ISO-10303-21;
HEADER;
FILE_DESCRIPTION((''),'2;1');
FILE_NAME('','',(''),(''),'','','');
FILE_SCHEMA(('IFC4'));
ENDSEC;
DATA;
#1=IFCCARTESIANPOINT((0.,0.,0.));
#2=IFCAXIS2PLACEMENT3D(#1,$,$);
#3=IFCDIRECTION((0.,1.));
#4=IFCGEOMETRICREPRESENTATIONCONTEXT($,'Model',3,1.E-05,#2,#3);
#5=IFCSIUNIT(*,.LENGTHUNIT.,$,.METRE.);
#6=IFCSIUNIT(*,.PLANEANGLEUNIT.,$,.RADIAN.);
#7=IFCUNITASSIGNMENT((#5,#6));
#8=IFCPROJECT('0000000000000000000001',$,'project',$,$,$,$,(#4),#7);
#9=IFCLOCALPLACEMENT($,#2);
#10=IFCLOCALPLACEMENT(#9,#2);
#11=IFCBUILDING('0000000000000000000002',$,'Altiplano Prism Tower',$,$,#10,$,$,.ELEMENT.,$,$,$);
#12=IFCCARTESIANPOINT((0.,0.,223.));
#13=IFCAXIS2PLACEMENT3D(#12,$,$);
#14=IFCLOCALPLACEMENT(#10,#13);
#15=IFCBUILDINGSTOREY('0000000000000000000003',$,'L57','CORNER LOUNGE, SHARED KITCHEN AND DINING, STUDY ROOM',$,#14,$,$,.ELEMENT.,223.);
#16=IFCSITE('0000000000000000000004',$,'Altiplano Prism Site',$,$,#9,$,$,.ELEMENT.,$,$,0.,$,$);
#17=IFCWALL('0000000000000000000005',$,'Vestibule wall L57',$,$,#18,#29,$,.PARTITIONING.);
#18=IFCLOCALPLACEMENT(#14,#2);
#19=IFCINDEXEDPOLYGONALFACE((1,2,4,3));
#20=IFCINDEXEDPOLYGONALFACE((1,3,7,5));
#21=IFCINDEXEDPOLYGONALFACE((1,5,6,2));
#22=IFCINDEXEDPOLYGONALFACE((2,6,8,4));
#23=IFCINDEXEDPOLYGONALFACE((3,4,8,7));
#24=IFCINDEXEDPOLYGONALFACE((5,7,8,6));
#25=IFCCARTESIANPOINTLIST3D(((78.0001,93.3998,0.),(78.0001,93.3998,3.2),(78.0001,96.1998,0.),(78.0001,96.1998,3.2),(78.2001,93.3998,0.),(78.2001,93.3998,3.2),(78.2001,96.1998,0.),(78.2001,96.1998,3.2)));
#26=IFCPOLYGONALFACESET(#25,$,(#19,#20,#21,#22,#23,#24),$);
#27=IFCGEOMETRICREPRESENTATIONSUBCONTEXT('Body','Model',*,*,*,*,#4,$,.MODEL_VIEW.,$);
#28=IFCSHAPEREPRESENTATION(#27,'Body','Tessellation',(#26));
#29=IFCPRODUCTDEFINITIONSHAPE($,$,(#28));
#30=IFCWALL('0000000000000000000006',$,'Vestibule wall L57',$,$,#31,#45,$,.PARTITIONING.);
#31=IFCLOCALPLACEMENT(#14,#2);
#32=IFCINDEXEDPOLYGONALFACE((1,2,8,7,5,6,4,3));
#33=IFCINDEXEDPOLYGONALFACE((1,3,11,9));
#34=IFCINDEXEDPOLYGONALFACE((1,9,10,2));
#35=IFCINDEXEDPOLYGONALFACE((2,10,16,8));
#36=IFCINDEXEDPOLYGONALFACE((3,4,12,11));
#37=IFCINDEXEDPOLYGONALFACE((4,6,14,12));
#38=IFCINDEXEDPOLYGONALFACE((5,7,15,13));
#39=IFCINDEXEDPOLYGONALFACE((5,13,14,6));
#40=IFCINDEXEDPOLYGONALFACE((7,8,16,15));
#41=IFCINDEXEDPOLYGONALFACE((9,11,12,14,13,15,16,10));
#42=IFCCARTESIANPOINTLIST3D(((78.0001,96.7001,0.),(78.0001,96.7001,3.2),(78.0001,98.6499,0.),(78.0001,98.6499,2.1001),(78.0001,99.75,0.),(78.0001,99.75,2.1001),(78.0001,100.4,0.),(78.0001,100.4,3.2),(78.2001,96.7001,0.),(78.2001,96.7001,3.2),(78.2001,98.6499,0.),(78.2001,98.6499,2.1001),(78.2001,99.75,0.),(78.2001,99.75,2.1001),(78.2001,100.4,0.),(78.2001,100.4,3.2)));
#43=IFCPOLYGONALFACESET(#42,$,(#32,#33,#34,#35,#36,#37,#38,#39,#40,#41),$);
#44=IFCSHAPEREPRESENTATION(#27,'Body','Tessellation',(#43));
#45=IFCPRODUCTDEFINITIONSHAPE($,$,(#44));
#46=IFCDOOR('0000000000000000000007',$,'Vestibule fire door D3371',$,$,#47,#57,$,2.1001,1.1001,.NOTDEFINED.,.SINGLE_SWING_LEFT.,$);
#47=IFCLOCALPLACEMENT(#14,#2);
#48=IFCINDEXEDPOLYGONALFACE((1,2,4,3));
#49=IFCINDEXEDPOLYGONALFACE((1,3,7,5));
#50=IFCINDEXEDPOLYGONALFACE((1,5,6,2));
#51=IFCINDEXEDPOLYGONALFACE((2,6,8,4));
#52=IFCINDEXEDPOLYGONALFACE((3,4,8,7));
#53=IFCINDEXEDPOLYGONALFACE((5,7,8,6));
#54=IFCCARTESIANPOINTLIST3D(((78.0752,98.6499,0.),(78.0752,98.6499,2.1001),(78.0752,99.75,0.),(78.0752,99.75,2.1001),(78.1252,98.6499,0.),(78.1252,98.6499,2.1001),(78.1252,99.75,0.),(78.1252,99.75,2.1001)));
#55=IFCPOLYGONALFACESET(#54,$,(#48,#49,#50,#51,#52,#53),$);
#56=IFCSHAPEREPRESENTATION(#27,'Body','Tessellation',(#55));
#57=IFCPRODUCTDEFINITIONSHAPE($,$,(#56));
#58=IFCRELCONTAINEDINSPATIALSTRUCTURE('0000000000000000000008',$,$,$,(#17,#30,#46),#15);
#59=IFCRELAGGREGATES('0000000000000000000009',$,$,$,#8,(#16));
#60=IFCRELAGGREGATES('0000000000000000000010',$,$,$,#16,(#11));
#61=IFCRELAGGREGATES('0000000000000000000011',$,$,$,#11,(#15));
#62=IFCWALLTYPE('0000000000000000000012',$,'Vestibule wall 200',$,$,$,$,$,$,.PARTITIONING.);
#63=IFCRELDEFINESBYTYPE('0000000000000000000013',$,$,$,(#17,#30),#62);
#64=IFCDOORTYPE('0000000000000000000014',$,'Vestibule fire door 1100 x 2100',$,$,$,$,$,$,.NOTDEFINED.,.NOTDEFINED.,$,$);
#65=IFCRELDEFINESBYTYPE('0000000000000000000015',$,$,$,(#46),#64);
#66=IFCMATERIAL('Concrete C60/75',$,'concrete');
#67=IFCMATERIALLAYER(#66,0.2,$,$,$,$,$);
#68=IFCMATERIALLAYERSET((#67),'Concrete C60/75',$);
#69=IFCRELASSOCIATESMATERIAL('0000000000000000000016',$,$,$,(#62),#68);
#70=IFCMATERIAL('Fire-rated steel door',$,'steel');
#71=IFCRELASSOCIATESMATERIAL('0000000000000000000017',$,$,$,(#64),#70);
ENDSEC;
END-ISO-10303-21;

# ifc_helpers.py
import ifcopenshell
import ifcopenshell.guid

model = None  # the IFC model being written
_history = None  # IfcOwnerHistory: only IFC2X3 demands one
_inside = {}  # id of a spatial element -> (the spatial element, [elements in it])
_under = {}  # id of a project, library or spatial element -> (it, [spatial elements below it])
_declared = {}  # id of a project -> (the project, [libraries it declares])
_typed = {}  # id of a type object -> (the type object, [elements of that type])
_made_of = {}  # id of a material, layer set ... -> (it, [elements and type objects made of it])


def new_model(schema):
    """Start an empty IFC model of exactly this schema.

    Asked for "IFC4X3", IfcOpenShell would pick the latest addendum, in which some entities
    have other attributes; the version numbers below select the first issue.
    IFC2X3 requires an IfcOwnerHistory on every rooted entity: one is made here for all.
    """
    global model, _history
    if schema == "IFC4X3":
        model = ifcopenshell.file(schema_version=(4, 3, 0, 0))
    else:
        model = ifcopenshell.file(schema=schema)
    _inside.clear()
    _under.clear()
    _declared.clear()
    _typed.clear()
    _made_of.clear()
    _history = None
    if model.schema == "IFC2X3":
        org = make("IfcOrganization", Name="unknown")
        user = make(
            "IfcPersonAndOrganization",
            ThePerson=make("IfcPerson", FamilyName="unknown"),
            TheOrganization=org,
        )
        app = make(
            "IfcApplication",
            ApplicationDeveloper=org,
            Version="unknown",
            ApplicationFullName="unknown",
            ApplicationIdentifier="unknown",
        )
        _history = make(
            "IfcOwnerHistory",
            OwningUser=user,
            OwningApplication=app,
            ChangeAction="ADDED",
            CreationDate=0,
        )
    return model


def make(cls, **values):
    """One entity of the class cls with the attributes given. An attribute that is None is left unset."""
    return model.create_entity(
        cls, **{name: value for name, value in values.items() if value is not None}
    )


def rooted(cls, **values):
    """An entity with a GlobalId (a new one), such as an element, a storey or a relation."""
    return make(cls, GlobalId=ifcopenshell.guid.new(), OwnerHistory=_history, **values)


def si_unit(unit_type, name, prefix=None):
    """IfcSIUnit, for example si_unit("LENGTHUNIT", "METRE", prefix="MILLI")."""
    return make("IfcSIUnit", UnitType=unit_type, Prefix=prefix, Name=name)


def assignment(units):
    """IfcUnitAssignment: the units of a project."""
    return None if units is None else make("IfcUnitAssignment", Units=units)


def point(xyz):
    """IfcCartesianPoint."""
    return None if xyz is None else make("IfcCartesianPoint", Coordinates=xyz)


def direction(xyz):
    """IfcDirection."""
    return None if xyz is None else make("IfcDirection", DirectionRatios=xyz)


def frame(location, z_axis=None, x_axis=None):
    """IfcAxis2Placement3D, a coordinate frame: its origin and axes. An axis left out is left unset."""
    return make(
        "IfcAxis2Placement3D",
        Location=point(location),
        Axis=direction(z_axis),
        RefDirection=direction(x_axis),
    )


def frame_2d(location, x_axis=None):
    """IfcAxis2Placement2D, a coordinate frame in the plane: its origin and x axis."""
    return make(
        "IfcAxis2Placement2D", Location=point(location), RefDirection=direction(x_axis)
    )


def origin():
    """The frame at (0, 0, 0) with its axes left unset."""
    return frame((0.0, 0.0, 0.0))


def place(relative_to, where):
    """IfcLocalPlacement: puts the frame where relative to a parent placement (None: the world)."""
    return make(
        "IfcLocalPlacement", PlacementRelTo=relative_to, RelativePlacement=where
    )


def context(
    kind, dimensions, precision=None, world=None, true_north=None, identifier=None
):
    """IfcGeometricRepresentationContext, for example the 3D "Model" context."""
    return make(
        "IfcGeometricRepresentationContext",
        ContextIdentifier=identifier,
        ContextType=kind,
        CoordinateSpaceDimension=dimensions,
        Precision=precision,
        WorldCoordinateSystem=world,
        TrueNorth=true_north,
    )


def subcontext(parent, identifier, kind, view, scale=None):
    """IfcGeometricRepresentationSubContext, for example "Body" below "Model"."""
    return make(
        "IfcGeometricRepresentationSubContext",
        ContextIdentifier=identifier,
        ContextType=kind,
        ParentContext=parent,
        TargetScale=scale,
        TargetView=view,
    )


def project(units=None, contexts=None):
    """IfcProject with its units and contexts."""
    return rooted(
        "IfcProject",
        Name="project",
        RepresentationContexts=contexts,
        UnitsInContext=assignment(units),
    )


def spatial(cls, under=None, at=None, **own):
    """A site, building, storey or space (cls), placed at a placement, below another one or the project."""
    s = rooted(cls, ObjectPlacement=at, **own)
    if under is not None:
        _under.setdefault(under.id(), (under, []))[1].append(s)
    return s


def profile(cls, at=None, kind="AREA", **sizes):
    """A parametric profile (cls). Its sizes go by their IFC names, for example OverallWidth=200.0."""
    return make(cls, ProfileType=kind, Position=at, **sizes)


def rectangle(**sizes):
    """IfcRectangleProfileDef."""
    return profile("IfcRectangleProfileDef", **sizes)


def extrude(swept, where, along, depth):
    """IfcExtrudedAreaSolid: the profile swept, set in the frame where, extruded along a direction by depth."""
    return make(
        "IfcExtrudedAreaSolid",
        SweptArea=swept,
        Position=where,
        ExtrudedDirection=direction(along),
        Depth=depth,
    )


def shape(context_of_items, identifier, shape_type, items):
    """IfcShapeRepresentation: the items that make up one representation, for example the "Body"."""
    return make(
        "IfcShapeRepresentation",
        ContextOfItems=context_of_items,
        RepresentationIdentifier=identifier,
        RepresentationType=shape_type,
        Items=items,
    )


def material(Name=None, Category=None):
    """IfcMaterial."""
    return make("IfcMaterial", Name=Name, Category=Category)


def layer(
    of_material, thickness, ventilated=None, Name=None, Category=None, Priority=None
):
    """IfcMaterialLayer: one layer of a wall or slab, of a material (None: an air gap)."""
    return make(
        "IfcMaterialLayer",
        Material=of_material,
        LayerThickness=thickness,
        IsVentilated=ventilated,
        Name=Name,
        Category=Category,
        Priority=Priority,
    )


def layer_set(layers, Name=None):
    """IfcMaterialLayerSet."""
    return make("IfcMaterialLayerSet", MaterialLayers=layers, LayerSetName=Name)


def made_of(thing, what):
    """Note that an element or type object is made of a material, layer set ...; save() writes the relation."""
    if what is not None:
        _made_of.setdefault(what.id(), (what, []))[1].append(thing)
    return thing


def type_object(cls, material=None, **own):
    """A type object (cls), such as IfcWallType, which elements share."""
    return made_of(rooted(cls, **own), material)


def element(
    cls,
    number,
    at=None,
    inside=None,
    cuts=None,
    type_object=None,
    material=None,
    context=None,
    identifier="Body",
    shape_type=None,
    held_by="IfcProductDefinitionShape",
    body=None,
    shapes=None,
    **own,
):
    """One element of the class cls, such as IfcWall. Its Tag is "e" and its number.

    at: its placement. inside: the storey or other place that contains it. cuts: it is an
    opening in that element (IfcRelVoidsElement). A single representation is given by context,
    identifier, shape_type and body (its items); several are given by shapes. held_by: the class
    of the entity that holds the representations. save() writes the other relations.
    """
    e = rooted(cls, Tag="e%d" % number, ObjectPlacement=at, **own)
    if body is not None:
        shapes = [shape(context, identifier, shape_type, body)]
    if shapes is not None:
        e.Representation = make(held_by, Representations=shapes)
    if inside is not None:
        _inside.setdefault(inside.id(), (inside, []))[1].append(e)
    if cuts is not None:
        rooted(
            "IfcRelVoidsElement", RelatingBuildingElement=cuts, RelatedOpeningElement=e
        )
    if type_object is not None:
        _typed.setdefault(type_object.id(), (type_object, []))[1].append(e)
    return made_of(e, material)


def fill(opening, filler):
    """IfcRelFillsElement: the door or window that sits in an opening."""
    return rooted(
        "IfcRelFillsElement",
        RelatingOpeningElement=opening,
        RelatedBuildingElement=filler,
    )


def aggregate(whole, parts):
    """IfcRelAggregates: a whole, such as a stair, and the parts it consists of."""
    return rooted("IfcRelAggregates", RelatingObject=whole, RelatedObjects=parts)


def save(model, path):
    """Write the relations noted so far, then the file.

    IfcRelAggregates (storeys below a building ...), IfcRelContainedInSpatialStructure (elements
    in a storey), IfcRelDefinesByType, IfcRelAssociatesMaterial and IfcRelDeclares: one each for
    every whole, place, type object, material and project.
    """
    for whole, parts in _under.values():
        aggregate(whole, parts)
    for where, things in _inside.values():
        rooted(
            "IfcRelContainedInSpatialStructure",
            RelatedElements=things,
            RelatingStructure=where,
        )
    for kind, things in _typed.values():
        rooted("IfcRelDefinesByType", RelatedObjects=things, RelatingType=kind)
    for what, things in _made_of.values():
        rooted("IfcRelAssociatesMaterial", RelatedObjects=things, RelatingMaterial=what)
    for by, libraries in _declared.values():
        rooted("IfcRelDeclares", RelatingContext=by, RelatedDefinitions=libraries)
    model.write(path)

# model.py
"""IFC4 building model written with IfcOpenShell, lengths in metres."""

from ifc_helpers import new_model, si_unit, direction, frame, frame_2d, origin, place, context, subcontext, project, spatial, rectangle, extrude, material, layer, layer_set, type_object, element, fill, save


model = new_model("IFC4")

# Units and contexts
model_context = context("Model", 3, precision=1e-05, world=origin(), true_north=direction((0.0, 1.0)))
body_context = subcontext(model_context, "Body", "Model", "MODEL_VIEW")
ifc_project = project(units=[si_unit("LENGTHUNIT", "METRE"), si_unit("PLANEANGLEUNIT", "RADIAN")], contexts=[model_context])

# Site, building, storey
site_placement = place(None, origin())
site = spatial("IfcSite", under=ifc_project, at=site_placement, Name="Altiplano Prism Site", CompositionType="ELEMENT", RefElevation=0.0)
building_placement = place(site_placement, origin())
building = spatial("IfcBuilding", under=site, at=building_placement, Name="Altiplano Prism Tower", CompositionType="ELEMENT")
storey_placement = place(building_placement, frame((0.0, 0.0, 223.0)))
storey = spatial("IfcBuildingStorey", under=building, at=storey_placement, Name="L57", Description="CORNER LOUNGE, SHARED KITCHEN AND DINING, STUDY ROOM", CompositionType="ELEMENT", Elevation=223.0)

# Shared definitions
ifc_material_1 = material(Name="Concrete C60/75", Category="concrete")

# Shared definitions
ifc_material_2 = material(Name="Fire-rated steel door", Category="steel")

# Wall
ifc_layer_1 = layer(ifc_material_1, 0.2)
ifc_layer_set_1 = layer_set([ifc_layer_1], Name="Concrete C60/75")
wall_type_1 = type_object("IfcWallType", Name="Vestibule wall 200", PredefinedType="PARTITIONING", material=ifc_layer_set_1)
wall_1_placement = place(storey_placement, frame((78.1001, 93.3999, 0.0), z_axis=(0.0, 0.0, 1.0), x_axis=(0.0, 1.0, 0.0)))
element("IfcWall", 1, at=wall_1_placement, inside=storey, type_object=wall_type_1, Name="Vestibule wall L57", PredefinedType="PARTITIONING", context=body_context, shape_type="SweptSolid", body=[
    extrude(rectangle(XDim=2.8, YDim=0.2, at=frame_2d((1.3999, 0.0))), origin(), (0.0, 0.0, 1.0), 3.2),
])

# Wall, opening, door
wall_2_placement = place(storey_placement, frame((78.1001, 96.7, 0.0), z_axis=(0.0, 0.0, 1.0), x_axis=(0.0, 1.0, 0.0)))
wall_2 = element("IfcWall", 2, at=wall_2_placement, inside=storey, type_object=wall_type_1, Name="Vestibule wall L57", PredefinedType="PARTITIONING", context=body_context, shape_type="SweptSolid", body=[
    extrude(rectangle(XDim=3.7, YDim=0.2, at=frame_2d((1.8501, 0.0))), origin(), (0.0, 0.0, 1.0), 3.2),
])
opening_1_placement = place(wall_2_placement, frame((1.95, 0.0, 0.0)))
opening_1 = element("IfcOpeningElement", 3, at=opening_1_placement, cuts=wall_2, PredefinedType="OPENING", context=body_context, shape_type="SweptSolid", body=[
    extrude(rectangle(XDim=1.1001, YDim=2.1001, at=frame_2d((0.55, 1.05))), frame((0.0, 0.1104, 0.0), z_axis=(0.0, -1.0, 0.0), x_axis=(1.0, 0.0, 0.0)), (0.0, 0.0, 1.0), 0.2209),
])
door_type_1 = type_object("IfcDoorType", Name="Vestibule fire door 1100 x 2100", OperationType="NOTDEFINED", PredefinedType="NOTDEFINED", material=ifc_material_2)
door_1_placement = place(opening_1_placement, origin())
door_1 = element("IfcDoor", 4, at=door_1_placement, inside=storey, type_object=door_type_1, Name="Vestibule fire door D3371", OperationType="SINGLE_SWING_LEFT", OverallHeight=2.1001, OverallWidth=1.1001, PredefinedType="NOTDEFINED", context=body_context, shape_type="SweptSolid", body=[
    extrude(rectangle(XDim=1.1001, YDim=2.1001, at=frame_2d((0.55, 1.05))), frame((0.0, 0.0249, 0.0), z_axis=(0.0, -1.0, 0.0), x_axis=(1.0, 0.0, 0.0)), (0.0, 0.0, 1.0), 0.05),
])
fill(opening_1, door_1)

save(model, "model.ifc")
